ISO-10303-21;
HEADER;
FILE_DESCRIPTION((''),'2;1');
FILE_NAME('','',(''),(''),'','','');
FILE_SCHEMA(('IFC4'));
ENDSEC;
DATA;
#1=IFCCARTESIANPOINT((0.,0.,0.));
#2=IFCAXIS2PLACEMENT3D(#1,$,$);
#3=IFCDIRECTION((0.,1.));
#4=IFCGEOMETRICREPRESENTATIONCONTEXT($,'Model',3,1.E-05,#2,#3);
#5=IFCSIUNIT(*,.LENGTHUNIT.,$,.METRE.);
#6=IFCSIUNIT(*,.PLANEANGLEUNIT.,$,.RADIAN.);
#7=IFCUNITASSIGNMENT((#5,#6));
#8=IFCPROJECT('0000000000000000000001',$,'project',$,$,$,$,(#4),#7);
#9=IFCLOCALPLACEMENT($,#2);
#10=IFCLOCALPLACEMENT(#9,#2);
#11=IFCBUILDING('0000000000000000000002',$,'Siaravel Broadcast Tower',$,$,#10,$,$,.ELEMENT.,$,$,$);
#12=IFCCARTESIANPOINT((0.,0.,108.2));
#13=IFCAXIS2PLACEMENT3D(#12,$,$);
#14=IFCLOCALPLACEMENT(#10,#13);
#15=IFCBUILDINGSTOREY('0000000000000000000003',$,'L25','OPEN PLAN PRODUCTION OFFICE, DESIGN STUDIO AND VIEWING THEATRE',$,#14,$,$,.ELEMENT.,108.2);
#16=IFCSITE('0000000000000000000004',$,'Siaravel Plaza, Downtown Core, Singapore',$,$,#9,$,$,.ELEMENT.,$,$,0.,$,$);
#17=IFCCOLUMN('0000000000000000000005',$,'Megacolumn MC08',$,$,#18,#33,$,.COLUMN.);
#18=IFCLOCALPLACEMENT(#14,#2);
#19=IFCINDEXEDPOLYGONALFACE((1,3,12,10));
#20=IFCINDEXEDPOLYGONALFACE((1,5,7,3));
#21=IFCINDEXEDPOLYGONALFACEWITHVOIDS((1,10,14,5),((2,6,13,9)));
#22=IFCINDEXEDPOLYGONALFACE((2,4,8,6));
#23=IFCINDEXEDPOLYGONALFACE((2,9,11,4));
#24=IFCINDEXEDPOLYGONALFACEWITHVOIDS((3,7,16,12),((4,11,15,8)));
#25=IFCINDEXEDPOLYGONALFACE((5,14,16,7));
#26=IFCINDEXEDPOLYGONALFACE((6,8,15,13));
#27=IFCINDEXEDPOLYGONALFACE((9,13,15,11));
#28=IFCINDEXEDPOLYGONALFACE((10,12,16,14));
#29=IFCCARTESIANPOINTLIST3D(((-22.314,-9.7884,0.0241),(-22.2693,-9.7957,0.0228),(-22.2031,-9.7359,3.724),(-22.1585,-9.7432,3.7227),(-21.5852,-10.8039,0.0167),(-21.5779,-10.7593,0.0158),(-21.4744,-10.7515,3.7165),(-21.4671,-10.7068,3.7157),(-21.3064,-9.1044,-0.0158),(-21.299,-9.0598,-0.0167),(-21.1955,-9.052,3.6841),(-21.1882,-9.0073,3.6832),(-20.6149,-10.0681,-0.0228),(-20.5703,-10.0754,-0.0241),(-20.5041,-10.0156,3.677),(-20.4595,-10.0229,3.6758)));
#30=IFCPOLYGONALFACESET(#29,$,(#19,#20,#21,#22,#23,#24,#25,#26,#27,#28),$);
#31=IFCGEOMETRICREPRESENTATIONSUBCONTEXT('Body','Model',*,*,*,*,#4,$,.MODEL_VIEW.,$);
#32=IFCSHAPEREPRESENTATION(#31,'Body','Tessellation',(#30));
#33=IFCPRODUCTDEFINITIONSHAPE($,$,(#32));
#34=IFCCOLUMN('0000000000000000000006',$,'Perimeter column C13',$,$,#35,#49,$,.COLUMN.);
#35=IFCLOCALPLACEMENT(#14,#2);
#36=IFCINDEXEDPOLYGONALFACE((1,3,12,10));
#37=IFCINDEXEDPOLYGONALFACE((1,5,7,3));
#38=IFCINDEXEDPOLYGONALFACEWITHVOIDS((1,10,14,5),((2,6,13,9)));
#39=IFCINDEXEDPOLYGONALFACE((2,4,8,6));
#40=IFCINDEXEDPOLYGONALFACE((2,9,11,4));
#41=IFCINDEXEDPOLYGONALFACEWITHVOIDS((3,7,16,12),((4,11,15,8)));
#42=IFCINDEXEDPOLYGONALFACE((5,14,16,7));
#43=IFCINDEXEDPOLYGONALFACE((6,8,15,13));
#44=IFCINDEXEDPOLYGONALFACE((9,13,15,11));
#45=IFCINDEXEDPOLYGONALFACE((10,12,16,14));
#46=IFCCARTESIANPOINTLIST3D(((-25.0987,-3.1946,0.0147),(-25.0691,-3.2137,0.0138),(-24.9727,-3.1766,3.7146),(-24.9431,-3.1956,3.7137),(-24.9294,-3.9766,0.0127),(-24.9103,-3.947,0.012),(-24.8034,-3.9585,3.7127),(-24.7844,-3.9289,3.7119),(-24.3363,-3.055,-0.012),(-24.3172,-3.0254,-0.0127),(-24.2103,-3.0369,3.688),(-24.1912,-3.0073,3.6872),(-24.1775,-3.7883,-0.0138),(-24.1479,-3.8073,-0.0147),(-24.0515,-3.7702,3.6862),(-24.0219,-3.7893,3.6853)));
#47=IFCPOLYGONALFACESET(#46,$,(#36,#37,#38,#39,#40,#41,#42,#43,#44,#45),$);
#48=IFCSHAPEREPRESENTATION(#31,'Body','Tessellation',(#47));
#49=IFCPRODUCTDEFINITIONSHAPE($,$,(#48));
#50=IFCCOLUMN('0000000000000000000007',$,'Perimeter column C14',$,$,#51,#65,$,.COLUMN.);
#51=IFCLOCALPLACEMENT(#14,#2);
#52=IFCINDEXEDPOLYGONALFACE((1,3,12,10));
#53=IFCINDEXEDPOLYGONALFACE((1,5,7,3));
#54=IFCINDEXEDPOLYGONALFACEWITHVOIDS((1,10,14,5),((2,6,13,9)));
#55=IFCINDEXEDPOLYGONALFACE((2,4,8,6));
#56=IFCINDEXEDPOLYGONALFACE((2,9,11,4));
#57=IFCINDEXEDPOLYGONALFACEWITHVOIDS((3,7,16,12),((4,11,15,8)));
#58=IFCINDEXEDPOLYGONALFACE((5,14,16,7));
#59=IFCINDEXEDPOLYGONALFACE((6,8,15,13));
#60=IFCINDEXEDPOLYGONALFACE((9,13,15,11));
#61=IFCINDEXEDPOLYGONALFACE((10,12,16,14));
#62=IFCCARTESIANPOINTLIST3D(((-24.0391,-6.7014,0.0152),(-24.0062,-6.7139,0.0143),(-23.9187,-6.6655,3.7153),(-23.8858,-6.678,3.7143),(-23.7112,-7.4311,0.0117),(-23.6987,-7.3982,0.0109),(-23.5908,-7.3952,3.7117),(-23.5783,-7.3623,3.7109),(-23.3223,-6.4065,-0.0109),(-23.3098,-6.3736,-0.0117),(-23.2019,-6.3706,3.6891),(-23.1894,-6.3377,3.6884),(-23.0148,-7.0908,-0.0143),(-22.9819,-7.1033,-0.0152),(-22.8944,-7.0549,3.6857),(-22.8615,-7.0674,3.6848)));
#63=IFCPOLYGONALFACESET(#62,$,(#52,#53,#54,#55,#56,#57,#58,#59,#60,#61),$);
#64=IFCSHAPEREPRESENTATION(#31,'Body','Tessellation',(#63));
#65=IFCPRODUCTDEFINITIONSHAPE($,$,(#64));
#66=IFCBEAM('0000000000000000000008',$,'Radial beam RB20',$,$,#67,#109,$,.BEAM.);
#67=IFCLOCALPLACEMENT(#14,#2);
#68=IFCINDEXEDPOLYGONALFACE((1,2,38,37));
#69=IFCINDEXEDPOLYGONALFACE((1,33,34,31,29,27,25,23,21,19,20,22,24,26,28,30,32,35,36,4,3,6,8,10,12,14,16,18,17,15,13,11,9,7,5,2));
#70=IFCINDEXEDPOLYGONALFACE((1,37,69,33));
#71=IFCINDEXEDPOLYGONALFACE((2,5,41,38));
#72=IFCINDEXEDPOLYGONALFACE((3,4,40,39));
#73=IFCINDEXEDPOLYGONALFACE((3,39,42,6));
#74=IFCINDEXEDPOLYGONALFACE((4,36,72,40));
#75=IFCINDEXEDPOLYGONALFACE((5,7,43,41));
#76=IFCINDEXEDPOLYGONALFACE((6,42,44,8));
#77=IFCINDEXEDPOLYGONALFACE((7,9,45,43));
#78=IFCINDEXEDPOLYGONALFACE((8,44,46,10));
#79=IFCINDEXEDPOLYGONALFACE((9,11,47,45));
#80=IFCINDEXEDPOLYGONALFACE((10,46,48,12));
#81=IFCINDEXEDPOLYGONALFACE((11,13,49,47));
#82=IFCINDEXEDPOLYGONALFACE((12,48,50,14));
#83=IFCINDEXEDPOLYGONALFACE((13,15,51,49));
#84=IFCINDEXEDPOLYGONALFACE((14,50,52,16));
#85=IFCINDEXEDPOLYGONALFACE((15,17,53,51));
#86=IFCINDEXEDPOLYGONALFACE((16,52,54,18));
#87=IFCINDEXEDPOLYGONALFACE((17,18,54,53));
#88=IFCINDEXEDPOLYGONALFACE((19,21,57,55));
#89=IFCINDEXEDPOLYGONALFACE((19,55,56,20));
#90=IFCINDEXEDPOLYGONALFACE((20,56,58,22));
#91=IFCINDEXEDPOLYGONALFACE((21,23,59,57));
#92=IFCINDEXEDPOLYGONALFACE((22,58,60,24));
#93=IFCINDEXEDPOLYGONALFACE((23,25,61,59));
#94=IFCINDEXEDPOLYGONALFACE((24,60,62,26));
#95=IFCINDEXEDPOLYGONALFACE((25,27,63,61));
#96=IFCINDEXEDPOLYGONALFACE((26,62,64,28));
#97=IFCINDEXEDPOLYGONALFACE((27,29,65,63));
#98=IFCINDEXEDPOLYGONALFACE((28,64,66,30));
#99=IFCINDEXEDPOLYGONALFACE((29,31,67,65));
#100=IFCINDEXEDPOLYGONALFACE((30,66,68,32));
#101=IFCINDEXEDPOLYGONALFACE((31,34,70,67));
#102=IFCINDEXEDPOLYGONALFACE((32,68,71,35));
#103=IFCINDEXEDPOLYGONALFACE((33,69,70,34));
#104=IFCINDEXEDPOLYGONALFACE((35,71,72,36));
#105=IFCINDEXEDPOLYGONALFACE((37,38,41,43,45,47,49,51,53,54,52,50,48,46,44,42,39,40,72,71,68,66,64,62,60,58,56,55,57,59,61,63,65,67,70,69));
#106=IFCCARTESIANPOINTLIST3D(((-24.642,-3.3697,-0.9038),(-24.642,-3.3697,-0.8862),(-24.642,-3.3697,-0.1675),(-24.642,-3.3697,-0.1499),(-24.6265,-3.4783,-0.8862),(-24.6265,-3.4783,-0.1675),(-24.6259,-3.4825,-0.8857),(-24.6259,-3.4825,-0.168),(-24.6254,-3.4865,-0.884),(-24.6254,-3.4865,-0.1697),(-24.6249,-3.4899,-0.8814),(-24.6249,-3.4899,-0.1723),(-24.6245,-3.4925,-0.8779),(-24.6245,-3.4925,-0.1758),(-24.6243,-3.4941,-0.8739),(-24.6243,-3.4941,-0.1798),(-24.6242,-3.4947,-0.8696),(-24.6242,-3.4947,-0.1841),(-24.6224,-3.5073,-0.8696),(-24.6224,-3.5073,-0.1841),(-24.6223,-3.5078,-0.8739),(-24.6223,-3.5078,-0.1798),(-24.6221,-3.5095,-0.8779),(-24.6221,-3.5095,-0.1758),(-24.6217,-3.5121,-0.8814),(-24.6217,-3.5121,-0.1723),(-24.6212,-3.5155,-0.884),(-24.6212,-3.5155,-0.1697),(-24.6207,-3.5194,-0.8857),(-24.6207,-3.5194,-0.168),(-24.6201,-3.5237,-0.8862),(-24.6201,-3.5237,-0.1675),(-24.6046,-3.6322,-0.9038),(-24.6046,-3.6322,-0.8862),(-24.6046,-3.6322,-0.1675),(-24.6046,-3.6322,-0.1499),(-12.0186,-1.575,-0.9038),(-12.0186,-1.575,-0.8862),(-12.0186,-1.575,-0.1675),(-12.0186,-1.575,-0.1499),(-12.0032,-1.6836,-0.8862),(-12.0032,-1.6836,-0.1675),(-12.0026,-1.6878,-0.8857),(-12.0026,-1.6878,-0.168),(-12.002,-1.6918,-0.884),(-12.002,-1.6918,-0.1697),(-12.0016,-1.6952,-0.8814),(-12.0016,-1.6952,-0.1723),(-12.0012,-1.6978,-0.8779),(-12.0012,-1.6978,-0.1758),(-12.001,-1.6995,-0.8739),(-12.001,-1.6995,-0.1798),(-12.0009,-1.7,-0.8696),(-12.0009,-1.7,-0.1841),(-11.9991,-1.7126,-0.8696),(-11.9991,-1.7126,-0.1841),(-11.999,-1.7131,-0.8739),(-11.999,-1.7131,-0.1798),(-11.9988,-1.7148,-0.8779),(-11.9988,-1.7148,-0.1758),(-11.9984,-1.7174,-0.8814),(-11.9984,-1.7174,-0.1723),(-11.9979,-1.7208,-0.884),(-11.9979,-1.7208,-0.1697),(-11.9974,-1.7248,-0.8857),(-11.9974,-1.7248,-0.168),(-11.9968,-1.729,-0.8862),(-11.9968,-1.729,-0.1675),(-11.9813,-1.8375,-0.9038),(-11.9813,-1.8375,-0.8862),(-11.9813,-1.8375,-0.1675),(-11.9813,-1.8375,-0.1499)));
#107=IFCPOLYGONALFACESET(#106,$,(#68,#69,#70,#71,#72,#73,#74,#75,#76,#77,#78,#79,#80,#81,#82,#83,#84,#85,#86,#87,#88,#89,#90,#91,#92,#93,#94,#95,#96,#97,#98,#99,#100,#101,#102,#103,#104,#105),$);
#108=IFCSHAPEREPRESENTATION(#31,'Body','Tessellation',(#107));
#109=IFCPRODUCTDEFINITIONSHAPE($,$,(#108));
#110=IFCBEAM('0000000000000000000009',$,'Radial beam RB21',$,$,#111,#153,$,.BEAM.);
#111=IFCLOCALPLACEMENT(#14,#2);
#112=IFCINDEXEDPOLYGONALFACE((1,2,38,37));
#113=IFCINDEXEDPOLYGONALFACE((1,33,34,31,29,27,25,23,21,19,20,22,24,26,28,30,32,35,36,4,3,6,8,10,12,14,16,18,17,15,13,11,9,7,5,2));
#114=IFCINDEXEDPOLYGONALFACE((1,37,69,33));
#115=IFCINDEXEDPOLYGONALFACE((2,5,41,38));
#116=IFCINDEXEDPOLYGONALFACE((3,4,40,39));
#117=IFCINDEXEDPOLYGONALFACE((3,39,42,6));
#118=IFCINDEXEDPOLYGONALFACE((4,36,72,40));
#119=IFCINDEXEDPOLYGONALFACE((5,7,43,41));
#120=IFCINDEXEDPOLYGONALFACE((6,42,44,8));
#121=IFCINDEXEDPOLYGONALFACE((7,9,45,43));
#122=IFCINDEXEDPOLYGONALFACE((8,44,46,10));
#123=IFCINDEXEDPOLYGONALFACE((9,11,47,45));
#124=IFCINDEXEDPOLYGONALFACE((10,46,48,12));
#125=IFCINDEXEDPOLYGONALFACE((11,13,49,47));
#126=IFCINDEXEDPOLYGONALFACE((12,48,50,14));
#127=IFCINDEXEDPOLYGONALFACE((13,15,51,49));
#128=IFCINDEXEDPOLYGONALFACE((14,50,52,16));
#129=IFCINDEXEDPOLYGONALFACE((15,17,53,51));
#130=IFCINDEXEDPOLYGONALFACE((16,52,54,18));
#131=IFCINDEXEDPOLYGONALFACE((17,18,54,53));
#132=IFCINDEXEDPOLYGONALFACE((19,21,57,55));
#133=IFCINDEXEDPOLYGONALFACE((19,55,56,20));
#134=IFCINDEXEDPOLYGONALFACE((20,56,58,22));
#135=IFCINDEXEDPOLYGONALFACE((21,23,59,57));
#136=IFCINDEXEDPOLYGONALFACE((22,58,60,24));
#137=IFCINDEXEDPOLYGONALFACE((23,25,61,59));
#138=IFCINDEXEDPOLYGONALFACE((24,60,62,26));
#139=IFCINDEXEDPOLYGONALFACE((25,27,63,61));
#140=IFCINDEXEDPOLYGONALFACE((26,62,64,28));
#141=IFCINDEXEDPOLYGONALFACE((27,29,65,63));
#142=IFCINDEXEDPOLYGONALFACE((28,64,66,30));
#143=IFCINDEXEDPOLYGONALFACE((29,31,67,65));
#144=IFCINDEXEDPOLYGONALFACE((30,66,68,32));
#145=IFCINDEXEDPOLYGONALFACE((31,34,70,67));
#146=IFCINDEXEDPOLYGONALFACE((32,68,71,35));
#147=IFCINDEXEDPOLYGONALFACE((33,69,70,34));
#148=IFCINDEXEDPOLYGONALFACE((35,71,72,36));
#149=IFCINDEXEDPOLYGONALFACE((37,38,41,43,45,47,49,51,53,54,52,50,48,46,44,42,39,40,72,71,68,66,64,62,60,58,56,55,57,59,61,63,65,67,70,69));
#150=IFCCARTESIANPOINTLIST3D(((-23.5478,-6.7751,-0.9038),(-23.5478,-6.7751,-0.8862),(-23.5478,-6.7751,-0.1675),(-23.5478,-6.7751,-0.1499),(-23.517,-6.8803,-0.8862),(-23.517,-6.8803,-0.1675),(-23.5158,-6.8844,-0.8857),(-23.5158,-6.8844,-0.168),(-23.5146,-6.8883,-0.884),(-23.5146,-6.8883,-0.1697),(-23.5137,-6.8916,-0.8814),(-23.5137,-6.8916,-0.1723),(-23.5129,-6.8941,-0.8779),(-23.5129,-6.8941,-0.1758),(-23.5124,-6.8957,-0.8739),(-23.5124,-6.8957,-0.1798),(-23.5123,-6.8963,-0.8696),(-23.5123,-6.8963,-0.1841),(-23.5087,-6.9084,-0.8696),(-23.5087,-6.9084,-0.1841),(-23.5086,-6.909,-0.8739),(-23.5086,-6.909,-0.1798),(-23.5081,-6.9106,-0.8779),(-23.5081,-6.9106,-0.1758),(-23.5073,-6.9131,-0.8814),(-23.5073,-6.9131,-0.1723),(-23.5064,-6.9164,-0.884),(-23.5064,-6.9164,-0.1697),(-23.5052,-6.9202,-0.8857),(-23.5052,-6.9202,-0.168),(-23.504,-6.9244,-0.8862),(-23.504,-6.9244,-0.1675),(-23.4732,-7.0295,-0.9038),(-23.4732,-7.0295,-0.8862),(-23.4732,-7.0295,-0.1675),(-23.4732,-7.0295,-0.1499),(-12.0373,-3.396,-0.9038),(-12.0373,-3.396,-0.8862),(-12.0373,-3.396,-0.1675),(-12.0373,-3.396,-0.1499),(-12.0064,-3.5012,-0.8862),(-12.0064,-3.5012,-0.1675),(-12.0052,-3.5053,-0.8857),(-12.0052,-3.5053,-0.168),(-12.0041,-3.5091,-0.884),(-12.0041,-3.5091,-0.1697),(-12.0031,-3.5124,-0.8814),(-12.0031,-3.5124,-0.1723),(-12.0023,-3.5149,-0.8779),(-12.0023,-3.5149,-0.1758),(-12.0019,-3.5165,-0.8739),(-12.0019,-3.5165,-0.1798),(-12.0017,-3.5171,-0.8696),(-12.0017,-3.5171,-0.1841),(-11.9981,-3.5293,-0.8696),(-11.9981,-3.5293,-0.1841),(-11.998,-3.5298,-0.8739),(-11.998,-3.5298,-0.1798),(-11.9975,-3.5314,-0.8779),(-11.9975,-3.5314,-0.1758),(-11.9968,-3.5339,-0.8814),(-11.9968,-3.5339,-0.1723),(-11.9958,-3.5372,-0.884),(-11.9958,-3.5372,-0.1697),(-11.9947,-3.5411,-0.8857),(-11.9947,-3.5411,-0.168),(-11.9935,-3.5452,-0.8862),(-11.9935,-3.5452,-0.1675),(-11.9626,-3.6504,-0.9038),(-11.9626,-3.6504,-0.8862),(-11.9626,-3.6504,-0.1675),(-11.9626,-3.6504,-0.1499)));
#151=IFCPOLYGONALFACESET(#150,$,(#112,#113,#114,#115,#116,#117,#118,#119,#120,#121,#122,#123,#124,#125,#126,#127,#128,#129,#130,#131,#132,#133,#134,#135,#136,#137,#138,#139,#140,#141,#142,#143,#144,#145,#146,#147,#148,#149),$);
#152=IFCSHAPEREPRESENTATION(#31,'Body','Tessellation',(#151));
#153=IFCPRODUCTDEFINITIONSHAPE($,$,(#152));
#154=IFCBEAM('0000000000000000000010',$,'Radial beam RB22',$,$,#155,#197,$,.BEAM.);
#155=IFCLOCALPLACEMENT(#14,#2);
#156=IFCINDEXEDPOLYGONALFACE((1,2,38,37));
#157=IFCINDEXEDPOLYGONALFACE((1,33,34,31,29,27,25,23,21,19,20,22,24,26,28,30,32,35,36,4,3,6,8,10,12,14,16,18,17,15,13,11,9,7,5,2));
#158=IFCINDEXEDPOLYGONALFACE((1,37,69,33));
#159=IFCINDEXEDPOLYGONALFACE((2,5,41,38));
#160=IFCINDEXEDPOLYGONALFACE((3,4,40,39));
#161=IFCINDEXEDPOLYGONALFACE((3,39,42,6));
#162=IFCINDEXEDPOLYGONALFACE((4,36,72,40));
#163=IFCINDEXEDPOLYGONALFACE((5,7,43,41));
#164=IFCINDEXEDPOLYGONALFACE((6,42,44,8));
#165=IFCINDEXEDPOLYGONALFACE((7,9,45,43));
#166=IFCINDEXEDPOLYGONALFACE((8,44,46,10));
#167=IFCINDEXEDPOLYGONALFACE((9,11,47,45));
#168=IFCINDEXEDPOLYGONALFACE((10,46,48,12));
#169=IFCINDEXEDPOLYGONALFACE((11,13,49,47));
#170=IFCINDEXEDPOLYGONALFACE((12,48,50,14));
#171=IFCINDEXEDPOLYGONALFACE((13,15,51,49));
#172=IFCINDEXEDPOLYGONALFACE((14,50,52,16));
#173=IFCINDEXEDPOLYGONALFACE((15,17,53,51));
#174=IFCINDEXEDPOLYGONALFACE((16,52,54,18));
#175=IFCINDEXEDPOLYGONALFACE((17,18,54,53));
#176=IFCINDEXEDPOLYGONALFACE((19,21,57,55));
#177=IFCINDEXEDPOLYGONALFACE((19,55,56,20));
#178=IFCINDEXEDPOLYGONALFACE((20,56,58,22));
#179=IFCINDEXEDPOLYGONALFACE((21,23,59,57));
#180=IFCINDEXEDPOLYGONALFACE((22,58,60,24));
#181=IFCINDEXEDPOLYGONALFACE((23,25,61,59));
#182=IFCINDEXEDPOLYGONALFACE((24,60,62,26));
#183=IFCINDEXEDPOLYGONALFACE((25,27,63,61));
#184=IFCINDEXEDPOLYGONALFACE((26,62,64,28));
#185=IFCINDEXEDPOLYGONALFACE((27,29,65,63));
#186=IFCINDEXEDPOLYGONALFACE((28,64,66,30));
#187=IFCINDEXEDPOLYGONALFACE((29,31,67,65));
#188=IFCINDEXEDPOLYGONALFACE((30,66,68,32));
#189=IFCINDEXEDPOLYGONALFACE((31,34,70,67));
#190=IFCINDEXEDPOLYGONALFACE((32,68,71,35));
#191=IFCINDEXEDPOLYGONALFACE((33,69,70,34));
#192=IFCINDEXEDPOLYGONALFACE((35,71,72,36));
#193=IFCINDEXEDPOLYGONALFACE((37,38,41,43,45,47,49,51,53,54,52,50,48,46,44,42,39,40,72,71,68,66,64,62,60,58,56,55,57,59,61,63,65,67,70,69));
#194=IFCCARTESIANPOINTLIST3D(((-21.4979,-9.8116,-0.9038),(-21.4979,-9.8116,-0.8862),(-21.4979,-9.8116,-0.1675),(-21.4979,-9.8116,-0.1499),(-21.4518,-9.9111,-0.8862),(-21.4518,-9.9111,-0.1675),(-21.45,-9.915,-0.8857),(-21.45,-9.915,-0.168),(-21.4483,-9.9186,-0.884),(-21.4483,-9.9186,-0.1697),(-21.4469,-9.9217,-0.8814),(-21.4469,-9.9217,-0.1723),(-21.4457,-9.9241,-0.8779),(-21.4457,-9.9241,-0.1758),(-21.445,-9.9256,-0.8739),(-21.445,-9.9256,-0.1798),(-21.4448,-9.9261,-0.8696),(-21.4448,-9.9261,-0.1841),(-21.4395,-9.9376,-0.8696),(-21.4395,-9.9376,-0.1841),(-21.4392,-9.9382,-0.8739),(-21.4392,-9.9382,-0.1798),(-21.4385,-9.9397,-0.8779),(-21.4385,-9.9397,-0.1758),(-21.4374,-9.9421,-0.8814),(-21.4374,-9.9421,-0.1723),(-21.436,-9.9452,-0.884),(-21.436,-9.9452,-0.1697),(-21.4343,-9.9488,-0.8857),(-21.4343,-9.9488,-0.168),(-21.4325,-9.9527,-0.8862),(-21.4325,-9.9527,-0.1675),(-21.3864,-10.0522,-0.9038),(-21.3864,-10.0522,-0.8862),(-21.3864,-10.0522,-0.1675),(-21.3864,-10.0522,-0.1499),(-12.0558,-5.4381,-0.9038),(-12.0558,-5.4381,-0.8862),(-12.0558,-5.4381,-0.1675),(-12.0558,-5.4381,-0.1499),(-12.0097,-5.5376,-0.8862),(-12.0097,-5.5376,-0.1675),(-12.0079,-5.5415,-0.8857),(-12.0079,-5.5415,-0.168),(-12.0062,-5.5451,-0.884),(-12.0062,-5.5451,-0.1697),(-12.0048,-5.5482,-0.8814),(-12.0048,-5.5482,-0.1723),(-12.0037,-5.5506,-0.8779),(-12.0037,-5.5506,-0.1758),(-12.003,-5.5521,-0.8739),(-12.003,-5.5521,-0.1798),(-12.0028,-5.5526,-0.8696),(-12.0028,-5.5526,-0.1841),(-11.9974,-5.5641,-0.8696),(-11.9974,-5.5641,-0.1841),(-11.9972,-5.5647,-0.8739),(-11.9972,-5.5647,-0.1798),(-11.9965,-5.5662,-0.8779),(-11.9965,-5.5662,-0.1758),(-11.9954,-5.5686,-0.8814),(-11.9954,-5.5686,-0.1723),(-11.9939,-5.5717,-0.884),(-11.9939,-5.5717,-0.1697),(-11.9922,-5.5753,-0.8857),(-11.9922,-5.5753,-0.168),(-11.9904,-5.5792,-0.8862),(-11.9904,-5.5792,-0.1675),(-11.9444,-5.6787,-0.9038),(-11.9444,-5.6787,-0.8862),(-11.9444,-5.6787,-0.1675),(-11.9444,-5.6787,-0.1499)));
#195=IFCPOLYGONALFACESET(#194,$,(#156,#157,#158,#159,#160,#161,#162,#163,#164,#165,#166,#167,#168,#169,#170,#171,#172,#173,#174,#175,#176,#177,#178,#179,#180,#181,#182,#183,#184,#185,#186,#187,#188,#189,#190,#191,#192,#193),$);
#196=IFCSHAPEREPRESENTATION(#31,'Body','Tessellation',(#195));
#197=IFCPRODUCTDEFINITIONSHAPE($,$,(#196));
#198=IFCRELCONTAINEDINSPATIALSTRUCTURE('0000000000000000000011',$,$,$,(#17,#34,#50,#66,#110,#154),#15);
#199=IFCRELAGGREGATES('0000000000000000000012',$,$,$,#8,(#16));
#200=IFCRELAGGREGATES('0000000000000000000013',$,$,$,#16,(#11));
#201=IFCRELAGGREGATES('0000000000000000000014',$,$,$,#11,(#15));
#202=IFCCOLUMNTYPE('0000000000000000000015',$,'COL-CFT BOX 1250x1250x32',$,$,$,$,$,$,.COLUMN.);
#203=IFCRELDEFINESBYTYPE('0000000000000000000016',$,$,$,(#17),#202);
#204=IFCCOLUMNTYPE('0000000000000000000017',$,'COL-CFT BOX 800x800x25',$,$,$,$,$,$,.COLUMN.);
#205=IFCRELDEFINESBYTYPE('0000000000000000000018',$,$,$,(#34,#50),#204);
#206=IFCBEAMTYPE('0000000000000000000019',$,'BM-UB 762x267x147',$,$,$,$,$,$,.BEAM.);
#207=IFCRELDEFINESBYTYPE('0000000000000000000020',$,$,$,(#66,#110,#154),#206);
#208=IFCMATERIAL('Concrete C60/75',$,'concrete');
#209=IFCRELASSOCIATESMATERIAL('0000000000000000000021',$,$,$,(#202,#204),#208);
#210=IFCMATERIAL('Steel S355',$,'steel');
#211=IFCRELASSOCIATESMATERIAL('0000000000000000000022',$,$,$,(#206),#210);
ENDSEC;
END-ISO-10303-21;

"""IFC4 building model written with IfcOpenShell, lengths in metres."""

from ifc_helpers import new_model, si_unit, direction, frame, origin, origin_2d, place, context, subcontext, project, spatial, hollow_rectangle, i_section, extrude, material, material_profile, profile_set, type_object, element, save


model = new_model("IFC4")

# Units and contexts
model_context = context("Model", 3, precision=1e-05, world=origin(), true_north=direction((0.0, 1.0)))
body_context = subcontext(model_context, "Body", "Model", "MODEL_VIEW")
ifc_project = project(units=[si_unit("LENGTHUNIT", "METRE"), si_unit("PLANEANGLEUNIT", "RADIAN")], contexts=[model_context])

# Site, building, storey
site_placement = place(None, origin())
site = spatial("IfcSite", under=ifc_project, at=site_placement, Name="Siaravel Plaza, Downtown Core, Singapore", CompositionType="ELEMENT", RefElevation=0.0)
building_placement = place(site_placement, origin())
building = spatial("IfcBuilding", under=site, at=building_placement, Name="Siaravel Broadcast Tower", CompositionType="ELEMENT")
storey_placement = place(building_placement, frame((0.0, 0.0, 108.2)))
storey = spatial("IfcBuildingStorey", under=building, at=storey_placement, Name="L25", Description="OPEN PLAN PRODUCTION OFFICE, DESIGN STUDIO AND VIEWING THEATRE", CompositionType="ELEMENT", Elevation=108.2)

# Columns
ifc_material_1 = material(Name="Concrete C60/75", Category="concrete")
ifc_material_profile_1 = material_profile(ifc_material_1, hollow_rectangle(XDim=1.25, YDim=1.25, WallThickness=0.032, at=origin_2d()))
ifc_profile_set_1 = profile_set([ifc_material_profile_1], Name="Concrete C60/75")
column_type_1 = type_object("IfcColumnType", Name="COL-CFT BOX 1250x1250x32", PredefinedType="COLUMN", material=ifc_profile_set_1)
column_placement = place(storey_placement, frame((-21.4421, -9.9319, 0.0), z_axis=(0.029941, 0.014179, 0.999451), x_axis=(-0.582967, 0.812474, 0.005938)))
element("IfcColumn", 1, at=column_placement, inside=storey, type_object=column_type_1, Name="Megacolumn MC08", PredefinedType="COLUMN", context=body_context, shape_type="SweptSolid", body=[
    extrude(hollow_rectangle(XDim=1.25, YDim=1.25, WallThickness=0.032, at=origin_2d()), origin(), (0.0, 0.0, 1.0), 3.7019),
])
ifc_material_profile_2 = material_profile(ifc_material_1, hollow_rectangle(XDim=0.8, YDim=0.8, WallThickness=0.0249, at=origin_2d()))
ifc_profile_set_2 = profile_set([ifc_material_profile_2], Name="Concrete C60/75")
column_type_2 = type_object("IfcColumnType", Name="COL-CFT BOX 800x800x25", PredefinedType="COLUMN", material=ifc_profile_set_2)
for number, where, z_axis, x_axis, name in (
    (2, (-24.6233, -3.501, 0.0), (0.034028, 0.00488, 0.999409), (-0.211577, 0.977358, 0.002431), "Perimeter column C13"),
    (3, (-23.5105, -6.9023, 0.0), (0.032512, 0.009694, 0.999424), (-0.409838, 0.912147, 0.004485), "Perimeter column C14"),
):
    element("IfcColumn", number, at=place(storey_placement, frame(where, z_axis=z_axis, x_axis=x_axis)), inside=storey, type_object=column_type_2, Name=name, PredefinedType="COLUMN", context=body_context, shape_type="SweptSolid", body=[
        extrude(hollow_rectangle(XDim=0.8, YDim=0.8, WallThickness=0.0249, at=origin_2d()), origin(), (0.0, 0.0, 1.0), 3.7021),
    ])

# Beams
ifc_material_2 = material(Name="Steel S355", Category="steel")
ifc_material_profile_3 = material_profile(ifc_material_2, i_section(OverallWidth=0.2651, OverallDepth=0.7539, WebThickness=0.0127, FlangeThickness=0.0176, FilletRadius=0.0166, at=origin_2d()))
ifc_profile_set_3 = profile_set([ifc_material_profile_3], Name="Steel S355")
beam_type = type_object("IfcBeamType", Name="BM-UB 762x267x147", PredefinedType="BEAM", material=ifc_profile_set_3)
beam_1_placement = place(storey_placement, frame((-24.6233, -3.501, -0.5269), z_axis=(0.990044, 0.140757, 0.0), x_axis=(-0.140757, 0.990044, 0.0)))
element("IfcBeam", 4, at=beam_1_placement, inside=storey, type_object=beam_type, Name="Radial beam RB20", PredefinedType="BEAM", context=body_context, shape_type="SweptSolid", body=[
    extrude(i_section(OverallWidth=0.2651, OverallDepth=0.7539, WebThickness=0.0127, FlangeThickness=0.0176, FilletRadius=0.0166, at=origin_2d()), origin(), (0.0, 0.0, 1.0), 12.7502),
])
beam_2_placement = place(storey_placement, frame((-23.5105, -6.9023, -0.5269), z_axis=(0.959507, 0.281684, 0.0), x_axis=(-0.281684, 0.959507, 0.0)))
element("IfcBeam", 5, at=beam_2_placement, inside=storey, type_object=beam_type, Name="Radial beam RB21", PredefinedType="BEAM", context=body_context, shape_type="SweptSolid", body=[
    extrude(i_section(OverallWidth=0.2651, OverallDepth=0.7539, WebThickness=0.0127, FlangeThickness=0.0176, FilletRadius=0.0166, at=origin_2d()), origin(), (0.0, 0.0, 1.0), 11.9963),
])
beam_3_placement = place(storey_placement, frame((-21.4421, -9.9319, -0.5269), z_axis=(0.907387, 0.420296, 0.0), x_axis=(-0.420296, 0.907387, 0.0)))
element("IfcBeam", 6, at=beam_3_placement, inside=storey, type_object=beam_type, Name="Radial beam RB22", PredefinedType="BEAM", context=body_context, shape_type="SweptSolid", body=[
    extrude(i_section(OverallWidth=0.2651, OverallDepth=0.7539, WebThickness=0.0127, FlangeThickness=0.0176, FilletRadius=0.0166, at=origin_2d()), origin(), (0.0, 0.0, 1.0), 10.4058),
])

save(model, "model.ifc")
